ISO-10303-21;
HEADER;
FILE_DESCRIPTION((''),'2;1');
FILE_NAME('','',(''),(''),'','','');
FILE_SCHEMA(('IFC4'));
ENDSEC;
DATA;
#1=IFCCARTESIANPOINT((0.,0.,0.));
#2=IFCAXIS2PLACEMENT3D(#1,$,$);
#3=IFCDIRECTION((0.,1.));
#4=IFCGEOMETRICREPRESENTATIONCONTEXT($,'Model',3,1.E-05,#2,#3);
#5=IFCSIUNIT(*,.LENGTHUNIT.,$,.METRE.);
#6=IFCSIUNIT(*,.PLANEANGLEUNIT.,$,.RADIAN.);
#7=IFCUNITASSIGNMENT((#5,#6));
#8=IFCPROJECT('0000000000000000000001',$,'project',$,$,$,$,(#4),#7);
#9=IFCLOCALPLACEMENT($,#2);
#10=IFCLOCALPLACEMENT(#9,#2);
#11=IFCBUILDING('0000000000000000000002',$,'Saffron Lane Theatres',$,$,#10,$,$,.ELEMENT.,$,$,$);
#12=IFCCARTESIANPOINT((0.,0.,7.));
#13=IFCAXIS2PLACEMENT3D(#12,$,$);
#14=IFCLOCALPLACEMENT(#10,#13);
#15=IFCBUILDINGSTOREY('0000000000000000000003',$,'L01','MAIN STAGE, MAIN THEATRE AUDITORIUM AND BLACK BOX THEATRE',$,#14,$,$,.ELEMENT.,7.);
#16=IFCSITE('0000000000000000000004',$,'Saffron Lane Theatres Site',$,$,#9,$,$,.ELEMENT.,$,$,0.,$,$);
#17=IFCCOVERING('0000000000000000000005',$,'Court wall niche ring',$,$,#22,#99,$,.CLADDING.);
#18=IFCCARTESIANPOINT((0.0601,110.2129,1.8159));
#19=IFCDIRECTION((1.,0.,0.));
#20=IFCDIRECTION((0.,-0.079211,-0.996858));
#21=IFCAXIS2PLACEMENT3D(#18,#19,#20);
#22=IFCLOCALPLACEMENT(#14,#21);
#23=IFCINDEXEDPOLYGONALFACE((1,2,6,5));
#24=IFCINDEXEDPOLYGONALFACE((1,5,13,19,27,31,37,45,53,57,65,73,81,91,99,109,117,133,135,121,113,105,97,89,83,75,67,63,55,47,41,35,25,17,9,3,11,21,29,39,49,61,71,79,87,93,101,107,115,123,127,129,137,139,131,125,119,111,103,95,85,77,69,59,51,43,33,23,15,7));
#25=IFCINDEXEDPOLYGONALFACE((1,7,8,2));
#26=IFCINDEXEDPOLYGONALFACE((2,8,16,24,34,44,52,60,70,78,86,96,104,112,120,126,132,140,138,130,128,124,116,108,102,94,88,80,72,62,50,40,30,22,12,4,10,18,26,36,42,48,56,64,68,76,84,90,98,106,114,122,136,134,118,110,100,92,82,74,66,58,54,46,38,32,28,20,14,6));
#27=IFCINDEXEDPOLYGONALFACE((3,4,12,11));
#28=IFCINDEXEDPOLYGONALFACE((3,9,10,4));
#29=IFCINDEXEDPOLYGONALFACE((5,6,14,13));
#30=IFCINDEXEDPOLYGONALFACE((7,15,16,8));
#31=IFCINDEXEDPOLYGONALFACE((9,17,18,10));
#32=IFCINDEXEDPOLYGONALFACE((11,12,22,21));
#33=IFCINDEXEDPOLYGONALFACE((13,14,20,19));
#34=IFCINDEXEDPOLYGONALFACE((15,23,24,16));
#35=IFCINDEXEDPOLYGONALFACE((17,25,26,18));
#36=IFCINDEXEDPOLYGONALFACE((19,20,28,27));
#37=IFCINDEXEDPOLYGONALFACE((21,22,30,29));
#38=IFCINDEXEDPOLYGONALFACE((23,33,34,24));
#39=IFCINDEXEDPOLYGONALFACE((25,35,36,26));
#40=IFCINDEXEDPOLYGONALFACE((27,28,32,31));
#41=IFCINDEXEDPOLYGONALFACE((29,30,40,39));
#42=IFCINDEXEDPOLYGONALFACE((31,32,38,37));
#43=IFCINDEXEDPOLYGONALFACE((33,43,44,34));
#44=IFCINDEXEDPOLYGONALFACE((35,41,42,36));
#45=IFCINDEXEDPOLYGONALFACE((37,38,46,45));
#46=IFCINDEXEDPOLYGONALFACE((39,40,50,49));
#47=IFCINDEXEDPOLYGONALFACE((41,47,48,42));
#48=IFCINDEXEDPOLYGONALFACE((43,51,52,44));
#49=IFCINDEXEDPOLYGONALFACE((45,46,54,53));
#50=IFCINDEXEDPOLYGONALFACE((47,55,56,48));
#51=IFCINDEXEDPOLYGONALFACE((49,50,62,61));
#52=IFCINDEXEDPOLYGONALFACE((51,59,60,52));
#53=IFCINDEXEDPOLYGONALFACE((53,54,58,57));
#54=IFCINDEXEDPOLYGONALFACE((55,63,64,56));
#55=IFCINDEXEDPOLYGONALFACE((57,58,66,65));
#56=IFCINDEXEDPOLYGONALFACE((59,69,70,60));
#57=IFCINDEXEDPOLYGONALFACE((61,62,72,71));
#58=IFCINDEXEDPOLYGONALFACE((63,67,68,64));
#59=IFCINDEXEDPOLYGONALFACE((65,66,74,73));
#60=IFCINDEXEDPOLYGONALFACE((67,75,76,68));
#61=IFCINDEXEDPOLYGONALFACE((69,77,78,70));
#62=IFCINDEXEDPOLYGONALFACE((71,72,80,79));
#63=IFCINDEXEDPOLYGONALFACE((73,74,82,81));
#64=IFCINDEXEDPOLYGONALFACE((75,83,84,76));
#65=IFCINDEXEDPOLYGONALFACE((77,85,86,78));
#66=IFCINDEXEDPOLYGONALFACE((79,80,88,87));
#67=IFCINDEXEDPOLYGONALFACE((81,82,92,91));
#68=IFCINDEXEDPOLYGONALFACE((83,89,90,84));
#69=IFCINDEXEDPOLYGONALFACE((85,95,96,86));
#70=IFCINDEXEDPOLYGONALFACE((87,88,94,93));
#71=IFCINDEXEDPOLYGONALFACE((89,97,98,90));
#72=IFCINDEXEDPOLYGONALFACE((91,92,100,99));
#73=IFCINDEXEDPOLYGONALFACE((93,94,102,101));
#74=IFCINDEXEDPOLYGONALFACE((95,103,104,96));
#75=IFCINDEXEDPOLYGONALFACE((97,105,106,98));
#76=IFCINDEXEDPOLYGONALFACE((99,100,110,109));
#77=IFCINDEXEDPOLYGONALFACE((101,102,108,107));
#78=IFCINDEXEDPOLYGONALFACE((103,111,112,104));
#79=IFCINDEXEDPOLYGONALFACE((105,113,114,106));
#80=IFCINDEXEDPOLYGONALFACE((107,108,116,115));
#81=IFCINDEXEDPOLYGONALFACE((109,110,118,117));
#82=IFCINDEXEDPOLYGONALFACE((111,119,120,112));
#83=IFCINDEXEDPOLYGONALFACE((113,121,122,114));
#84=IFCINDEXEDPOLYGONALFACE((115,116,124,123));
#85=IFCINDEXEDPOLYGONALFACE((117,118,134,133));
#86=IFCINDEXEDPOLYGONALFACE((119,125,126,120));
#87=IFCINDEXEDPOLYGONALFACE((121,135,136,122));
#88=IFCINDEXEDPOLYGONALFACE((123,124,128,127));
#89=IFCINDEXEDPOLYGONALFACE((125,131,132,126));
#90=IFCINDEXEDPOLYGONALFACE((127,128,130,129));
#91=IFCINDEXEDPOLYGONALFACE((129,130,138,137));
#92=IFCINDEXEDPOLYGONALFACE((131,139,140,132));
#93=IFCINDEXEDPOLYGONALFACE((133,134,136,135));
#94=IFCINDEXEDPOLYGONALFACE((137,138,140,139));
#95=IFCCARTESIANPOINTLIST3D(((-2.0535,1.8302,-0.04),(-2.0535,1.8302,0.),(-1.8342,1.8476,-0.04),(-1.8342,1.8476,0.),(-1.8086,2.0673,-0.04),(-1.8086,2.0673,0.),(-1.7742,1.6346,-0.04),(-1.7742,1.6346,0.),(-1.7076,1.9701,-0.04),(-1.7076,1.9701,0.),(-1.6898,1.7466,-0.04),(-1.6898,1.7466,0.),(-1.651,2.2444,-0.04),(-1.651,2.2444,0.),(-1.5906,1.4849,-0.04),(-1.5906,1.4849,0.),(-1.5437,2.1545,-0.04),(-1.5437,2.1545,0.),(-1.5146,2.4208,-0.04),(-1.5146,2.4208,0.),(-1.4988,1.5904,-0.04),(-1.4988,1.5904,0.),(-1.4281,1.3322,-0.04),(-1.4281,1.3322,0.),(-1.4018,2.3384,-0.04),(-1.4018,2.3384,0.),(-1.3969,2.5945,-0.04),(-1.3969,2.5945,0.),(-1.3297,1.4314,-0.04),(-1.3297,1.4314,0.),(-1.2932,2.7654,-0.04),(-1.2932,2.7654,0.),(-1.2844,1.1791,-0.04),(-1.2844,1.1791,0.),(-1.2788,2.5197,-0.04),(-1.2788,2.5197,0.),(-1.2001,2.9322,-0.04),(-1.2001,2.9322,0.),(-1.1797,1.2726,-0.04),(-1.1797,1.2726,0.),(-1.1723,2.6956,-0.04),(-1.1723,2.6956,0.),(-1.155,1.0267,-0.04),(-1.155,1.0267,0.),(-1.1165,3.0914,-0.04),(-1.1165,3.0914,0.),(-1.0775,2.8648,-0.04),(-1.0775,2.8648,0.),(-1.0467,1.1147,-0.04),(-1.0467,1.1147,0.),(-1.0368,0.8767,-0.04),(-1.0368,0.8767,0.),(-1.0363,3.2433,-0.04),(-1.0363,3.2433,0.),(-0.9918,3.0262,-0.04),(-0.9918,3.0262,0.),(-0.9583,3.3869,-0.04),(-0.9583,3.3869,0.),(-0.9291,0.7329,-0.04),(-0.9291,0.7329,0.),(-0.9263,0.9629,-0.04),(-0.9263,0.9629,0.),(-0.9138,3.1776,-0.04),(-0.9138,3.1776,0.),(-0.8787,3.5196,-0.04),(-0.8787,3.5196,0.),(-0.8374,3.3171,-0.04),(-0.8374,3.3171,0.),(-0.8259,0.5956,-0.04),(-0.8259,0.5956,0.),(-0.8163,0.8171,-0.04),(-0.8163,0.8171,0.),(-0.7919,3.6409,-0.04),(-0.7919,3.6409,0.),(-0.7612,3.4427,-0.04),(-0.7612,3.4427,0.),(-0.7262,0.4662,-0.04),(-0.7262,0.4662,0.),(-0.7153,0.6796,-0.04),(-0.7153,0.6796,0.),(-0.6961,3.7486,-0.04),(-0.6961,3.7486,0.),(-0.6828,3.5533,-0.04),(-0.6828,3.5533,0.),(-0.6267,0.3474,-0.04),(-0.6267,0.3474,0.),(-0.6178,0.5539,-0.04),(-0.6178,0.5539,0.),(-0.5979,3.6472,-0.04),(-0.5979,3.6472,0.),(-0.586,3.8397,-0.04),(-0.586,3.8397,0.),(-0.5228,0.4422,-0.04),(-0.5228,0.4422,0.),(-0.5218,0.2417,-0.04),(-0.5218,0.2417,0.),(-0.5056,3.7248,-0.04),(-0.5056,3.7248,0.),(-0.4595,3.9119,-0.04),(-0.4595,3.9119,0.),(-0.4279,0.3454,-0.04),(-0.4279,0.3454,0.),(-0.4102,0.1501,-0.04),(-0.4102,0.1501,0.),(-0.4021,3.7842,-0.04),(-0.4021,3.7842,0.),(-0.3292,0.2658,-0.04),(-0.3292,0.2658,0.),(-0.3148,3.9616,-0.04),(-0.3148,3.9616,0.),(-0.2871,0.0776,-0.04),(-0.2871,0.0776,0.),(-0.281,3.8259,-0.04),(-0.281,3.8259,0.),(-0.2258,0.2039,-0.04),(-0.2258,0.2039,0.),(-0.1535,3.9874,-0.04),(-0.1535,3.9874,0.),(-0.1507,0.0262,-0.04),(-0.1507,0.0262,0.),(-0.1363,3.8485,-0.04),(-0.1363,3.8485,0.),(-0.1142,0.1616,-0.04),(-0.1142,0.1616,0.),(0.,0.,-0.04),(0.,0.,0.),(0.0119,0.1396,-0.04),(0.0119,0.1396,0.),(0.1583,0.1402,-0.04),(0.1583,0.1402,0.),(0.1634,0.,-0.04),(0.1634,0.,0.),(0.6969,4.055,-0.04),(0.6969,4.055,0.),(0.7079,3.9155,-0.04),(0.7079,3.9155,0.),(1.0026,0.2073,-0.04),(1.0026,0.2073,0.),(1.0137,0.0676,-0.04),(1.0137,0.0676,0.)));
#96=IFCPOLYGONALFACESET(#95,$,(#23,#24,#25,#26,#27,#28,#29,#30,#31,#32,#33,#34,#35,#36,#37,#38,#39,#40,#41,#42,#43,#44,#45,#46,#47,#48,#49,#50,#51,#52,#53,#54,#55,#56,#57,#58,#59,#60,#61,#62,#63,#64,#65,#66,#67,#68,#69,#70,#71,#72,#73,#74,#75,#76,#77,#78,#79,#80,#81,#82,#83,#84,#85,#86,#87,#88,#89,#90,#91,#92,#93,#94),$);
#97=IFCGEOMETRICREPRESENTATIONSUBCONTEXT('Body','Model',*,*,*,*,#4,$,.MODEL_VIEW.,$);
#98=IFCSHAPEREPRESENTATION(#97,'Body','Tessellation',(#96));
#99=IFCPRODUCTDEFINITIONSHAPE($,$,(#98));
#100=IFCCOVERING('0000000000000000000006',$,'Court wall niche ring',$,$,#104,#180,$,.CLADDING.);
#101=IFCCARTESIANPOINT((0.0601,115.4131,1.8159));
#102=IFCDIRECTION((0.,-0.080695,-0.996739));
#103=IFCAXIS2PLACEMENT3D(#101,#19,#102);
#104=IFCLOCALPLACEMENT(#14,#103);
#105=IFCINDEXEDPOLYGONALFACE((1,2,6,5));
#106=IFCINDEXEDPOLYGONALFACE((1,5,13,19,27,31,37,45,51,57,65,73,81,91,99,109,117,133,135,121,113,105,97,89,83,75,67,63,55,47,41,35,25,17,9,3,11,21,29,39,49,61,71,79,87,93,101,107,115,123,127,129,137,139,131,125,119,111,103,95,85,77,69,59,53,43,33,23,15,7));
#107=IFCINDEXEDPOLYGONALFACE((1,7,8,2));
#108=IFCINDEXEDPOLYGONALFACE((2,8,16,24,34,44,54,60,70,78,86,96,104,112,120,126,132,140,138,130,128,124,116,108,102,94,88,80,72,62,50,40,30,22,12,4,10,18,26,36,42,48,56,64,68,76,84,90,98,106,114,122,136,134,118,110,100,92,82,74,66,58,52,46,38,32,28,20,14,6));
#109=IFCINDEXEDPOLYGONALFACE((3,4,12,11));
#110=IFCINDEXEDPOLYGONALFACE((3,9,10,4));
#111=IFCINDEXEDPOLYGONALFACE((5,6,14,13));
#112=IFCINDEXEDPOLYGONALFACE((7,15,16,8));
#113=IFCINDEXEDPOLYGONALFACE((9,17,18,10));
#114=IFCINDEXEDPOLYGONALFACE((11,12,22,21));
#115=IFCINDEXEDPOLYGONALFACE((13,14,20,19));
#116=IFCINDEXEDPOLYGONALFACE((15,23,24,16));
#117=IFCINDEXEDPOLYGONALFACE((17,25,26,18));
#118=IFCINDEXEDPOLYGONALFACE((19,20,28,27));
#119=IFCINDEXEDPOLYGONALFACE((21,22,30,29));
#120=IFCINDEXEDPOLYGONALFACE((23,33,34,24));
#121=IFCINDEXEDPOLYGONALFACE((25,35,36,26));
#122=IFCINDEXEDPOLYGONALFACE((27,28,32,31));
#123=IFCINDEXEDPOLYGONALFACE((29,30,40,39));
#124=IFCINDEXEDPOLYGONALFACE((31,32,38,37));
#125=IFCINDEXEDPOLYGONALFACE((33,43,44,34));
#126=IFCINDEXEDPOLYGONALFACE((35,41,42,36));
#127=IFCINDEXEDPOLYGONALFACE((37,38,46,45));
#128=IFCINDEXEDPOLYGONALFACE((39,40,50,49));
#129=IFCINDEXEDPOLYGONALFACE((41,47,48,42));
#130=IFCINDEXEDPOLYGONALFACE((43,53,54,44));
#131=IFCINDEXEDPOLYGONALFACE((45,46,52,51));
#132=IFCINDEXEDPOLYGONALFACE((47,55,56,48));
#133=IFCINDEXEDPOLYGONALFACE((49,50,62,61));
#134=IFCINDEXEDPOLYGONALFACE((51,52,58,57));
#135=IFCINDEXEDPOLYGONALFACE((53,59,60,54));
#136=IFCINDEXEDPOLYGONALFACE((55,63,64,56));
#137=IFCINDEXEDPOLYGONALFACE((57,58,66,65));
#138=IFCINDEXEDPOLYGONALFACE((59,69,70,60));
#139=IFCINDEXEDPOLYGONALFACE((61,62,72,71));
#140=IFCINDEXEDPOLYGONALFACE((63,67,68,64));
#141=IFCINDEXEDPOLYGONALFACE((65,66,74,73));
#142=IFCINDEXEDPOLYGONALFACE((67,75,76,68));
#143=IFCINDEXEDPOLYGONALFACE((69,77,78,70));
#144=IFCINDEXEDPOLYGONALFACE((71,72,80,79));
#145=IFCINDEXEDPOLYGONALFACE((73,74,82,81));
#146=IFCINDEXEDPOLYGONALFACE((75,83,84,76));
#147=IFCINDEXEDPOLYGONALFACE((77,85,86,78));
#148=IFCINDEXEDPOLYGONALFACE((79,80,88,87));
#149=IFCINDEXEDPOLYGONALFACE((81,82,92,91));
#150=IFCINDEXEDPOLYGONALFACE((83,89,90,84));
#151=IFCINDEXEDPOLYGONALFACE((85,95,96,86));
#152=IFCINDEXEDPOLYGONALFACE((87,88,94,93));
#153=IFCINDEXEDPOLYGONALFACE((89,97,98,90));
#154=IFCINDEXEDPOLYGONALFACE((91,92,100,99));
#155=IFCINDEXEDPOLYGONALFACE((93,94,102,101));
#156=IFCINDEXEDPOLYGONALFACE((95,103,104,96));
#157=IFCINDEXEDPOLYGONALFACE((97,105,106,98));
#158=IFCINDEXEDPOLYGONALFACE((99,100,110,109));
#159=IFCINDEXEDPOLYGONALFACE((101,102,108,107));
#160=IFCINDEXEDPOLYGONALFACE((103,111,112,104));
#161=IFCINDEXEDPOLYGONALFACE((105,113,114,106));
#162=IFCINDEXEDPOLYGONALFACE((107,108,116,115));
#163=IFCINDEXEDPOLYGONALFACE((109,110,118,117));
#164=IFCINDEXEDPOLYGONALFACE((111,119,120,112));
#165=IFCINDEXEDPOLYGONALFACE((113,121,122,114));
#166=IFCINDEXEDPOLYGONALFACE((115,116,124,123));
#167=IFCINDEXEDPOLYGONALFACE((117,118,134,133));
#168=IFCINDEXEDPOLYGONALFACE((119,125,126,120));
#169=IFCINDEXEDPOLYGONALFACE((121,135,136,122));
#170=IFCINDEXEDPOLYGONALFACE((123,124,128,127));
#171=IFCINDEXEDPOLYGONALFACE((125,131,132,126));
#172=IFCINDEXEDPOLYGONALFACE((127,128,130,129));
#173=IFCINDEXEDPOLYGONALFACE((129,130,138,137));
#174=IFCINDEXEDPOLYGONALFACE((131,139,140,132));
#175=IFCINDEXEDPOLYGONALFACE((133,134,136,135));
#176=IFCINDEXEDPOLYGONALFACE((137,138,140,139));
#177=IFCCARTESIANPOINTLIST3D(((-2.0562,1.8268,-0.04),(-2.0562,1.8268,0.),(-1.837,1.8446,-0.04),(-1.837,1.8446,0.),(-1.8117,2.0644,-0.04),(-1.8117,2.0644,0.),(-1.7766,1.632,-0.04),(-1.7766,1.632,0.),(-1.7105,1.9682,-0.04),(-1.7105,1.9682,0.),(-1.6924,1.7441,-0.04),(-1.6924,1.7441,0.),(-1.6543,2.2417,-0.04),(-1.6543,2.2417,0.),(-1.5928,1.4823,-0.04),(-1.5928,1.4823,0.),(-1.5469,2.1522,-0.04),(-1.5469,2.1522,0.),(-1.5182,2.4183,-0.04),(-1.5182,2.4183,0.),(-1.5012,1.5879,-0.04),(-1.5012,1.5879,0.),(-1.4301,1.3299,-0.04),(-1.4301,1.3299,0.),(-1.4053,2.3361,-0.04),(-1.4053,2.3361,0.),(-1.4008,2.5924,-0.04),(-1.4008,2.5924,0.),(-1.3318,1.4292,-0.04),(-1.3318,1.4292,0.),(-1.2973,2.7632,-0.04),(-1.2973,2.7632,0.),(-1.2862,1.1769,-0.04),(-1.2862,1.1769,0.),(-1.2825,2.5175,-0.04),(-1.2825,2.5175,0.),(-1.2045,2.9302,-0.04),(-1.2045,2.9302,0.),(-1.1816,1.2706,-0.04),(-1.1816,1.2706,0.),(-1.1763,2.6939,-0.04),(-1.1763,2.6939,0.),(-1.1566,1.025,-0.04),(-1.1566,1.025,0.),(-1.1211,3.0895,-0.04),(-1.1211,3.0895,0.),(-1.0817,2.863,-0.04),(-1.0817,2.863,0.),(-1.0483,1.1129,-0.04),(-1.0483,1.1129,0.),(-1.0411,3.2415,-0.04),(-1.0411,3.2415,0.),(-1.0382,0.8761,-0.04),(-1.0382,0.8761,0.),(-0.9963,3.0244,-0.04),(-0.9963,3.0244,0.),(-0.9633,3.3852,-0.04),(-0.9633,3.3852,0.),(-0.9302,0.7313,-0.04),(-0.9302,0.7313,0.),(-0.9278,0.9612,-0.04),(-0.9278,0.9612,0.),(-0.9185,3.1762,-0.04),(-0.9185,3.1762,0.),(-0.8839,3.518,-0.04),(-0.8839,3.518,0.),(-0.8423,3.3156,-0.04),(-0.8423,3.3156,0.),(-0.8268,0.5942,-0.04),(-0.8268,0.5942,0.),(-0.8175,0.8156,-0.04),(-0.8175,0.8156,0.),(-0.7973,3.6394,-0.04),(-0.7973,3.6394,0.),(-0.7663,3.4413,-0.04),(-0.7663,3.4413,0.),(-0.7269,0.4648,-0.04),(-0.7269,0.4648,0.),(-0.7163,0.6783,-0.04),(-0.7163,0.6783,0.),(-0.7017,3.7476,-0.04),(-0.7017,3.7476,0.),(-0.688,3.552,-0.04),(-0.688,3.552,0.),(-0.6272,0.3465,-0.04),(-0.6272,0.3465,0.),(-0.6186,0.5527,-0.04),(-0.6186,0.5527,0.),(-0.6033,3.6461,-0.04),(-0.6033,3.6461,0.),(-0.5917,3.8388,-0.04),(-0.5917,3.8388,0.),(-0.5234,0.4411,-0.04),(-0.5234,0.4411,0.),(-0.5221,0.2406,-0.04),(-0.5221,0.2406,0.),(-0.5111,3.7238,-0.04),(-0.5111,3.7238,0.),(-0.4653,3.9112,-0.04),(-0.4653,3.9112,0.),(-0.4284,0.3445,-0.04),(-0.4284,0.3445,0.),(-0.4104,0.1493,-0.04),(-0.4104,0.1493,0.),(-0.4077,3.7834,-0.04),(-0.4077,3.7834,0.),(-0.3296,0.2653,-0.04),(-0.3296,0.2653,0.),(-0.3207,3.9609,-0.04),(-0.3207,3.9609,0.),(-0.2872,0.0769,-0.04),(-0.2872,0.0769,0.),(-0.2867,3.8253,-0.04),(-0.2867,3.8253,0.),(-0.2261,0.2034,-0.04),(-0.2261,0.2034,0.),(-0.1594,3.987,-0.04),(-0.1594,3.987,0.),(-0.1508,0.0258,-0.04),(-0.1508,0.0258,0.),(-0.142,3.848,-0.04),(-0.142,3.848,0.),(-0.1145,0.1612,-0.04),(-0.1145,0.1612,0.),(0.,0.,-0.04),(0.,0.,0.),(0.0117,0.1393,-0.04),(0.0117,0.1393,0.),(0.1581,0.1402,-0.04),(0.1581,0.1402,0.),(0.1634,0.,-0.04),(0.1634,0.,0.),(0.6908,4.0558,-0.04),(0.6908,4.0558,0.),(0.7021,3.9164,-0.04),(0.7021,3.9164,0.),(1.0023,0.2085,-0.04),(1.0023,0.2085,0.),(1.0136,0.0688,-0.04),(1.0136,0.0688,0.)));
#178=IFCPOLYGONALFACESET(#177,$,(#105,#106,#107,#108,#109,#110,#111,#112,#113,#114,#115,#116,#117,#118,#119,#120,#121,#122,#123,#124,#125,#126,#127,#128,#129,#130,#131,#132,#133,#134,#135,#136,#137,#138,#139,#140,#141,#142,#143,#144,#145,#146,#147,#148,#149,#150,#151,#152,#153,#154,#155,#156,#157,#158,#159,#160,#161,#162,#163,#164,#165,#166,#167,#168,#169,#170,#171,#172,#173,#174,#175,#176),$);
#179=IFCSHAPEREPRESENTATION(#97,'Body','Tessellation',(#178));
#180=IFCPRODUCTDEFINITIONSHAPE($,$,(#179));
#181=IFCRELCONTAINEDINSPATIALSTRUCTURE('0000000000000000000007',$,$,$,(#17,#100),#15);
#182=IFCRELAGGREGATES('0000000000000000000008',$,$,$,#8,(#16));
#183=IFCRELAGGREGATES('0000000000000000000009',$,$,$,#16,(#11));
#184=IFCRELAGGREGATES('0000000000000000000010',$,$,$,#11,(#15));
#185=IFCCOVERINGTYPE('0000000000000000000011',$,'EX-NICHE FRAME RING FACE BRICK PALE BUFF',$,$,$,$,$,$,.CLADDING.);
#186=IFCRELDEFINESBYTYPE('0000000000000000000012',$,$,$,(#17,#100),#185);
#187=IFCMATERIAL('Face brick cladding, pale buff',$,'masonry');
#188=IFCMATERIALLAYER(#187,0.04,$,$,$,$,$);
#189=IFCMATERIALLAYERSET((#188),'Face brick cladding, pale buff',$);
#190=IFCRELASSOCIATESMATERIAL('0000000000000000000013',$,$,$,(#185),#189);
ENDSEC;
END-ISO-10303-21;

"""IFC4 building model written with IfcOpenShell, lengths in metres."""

from ifc_helpers import new_model, si_unit, direction, frame, origin, place, context, subcontext, project, spatial, polyline, outline, extrude, material, layer, layer_set, type_object, element, save


model = new_model("IFC4")

# Units and contexts
model_context = context("Model", 3, precision=1e-05, world=origin(), true_north=direction((0.0, 1.0)))
body_context = subcontext(model_context, "Body", "Model", "MODEL_VIEW")
ifc_project = project(units=[si_unit("LENGTHUNIT", "METRE"), si_unit("PLANEANGLEUNIT", "RADIAN")], contexts=[model_context])

# Site, building, storey
site_placement = place(None, origin())
site = spatial("IfcSite", under=ifc_project, at=site_placement, Name="Saffron Lane Theatres Site", CompositionType="ELEMENT", RefElevation=0.0)
building_placement = place(site_placement, origin())
building = spatial("IfcBuilding", under=site, at=building_placement, Name="Saffron Lane Theatres", CompositionType="ELEMENT")
storey_placement = place(building_placement, frame((0.0, 0.0, 7.0)))
storey = spatial("IfcBuildingStorey", under=building, at=storey_placement, Name="L01", Description="MAIN STAGE, MAIN THEATRE AUDITORIUM AND BLACK BOX THEATRE", CompositionType="ELEMENT", Elevation=7.0)

# Coverings
ifc_material_1 = material(Name="Face brick cladding, pale buff", Category="masonry")
ifc_layer_1 = layer(ifc_material_1, 0.04)
ifc_layer_set_1 = layer_set([ifc_layer_1], Name="Face brick cladding, pale buff")
covering_type_1 = type_object("IfcCoveringType", Name="EX-NICHE FRAME RING FACE BRICK PALE BUFF", PredefinedType="CLADDING", material=ifc_layer_set_1)
covering_1_placement = place(storey_placement, frame((0.0601, 110.2129, 1.8159), z_axis=(1.0, 0.0, 0.0), x_axis=(0.0, -0.079211, -0.996858)))
element("IfcCovering", 1, at=covering_1_placement, inside=storey, type_object=covering_type_1, Name="Court wall niche ring", PredefinedType="CLADDING", context=body_context, shape_type="SweptSolid", body=[
    extrude(outline(polyline([(0.0, 0.0), (0.1634, 0.0), (1.0137, 0.0676), (1.0026, 0.2073), (0.1583, 0.1402), (0.0119, 0.1396), (-0.1142, 0.1616), (-0.2258, 0.2039), (-0.3292, 0.2658), (-0.4279, 0.3454), (-0.5228, 0.4422), (-0.6178, 0.5539), (-0.7153, 0.6796), (-0.8163, 0.8171), (-0.9263, 0.9629), (-1.0467, 1.1147), (-1.1797, 1.2726), (-1.3297, 1.4314), (-1.4988, 1.5904), (-1.6898, 1.7466), (-1.8342, 1.8476), (-1.7076, 1.9701), (-1.5437, 2.1545), (-1.4018, 2.3384), (-1.2788, 2.5197), (-1.1723, 2.6956), (-1.0775, 2.8648), (-0.9918, 3.0262), (-0.9138, 3.1776), (-0.8374, 3.3171), (-0.7612, 3.4427), (-0.6828, 3.5533), (-0.5979, 3.6472), (-0.5056, 3.7248), (-0.4021, 3.7842), (-0.281, 3.8259), (-0.1363, 3.8485), (0.7079, 3.9155), (0.6969, 4.055), (-0.1535, 3.9874), (-0.3148, 3.9616), (-0.4595, 3.9119), (-0.586, 3.8397), (-0.6961, 3.7486), (-0.7919, 3.6409), (-0.8787, 3.5196), (-0.9583, 3.3869), (-1.0363, 3.2433), (-1.1165, 3.0914), (-1.2001, 2.9322), (-1.2932, 2.7654), (-1.3969, 2.5945), (-1.5146, 2.4208), (-1.651, 2.2444), (-1.8086, 2.0673), (-2.0535, 1.8302), (-1.7742, 1.6346), (-1.5906, 1.4849), (-1.4281, 1.3322), (-1.2844, 1.1791), (-1.155, 1.0267), (-1.0368, 0.8767), (-0.9291, 0.7329), (-0.8259, 0.5956), (-0.7262, 0.4662), (-0.6267, 0.3474), (-0.5218, 0.2417), (-0.4102, 0.1501), (-0.2871, 0.0776), (-0.1507, 0.0262), (0.0, 0.0)])), origin(), (0.0, 0.0, -1.0), 0.04),
])
covering_2_placement = place(storey_placement, frame((0.0601, 115.4131, 1.8159), z_axis=(1.0, 0.0, 0.0), x_axis=(0.0, -0.080695, -0.996739)))
element("IfcCovering", 2, at=covering_2_placement, inside=storey, type_object=covering_type_1, Name="Court wall niche ring", PredefinedType="CLADDING", context=body_context, shape_type="SweptSolid", body=[
    extrude(outline(polyline([(0.0, 0.0), (0.1634, 0.0), (1.0136, 0.0688), (1.0023, 0.2085), (0.1581, 0.1402), (0.0117, 0.1393), (-0.1145, 0.1612), (-0.2261, 0.2034), (-0.3296, 0.2653), (-0.4284, 0.3445), (-0.5234, 0.4411), (-0.6186, 0.5527), (-0.7163, 0.6783), (-0.8175, 0.8156), (-0.9278, 0.9612), (-1.0483, 1.1129), (-1.1816, 1.2706), (-1.3318, 1.4292), (-1.5012, 1.5879), (-1.6924, 1.7441), (-1.837, 1.8446), (-1.7105, 1.9682), (-1.5469, 2.1522), (-1.4053, 2.3361), (-1.2825, 2.5175), (-1.1763, 2.6939), (-1.0817, 2.863), (-0.9963, 3.0244), (-0.9185, 3.1762), (-0.8423, 3.3156), (-0.7663, 3.4413), (-0.688, 3.552), (-0.6033, 3.6461), (-0.5111, 3.7238), (-0.4077, 3.7834), (-0.2867, 3.8253), (-0.142, 3.848), (0.7021, 3.9164), (0.6908, 4.0558), (-0.1594, 3.987), (-0.3207, 3.9609), (-0.4653, 3.9112), (-0.5917, 3.8388), (-0.7017, 3.7476), (-0.7973, 3.6394), (-0.8839, 3.518), (-0.9633, 3.3852), (-1.0411, 3.2415), (-1.1211, 3.0895), (-1.2045, 2.9302), (-1.2973, 2.7632), (-1.4008, 2.5924), (-1.5182, 2.4183), (-1.6543, 2.2417), (-1.8117, 2.0644), (-2.0562, 1.8268), (-1.7766, 1.632), (-1.5928, 1.4823), (-1.4301, 1.3299), (-1.2862, 1.1769), (-1.1566, 1.025), (-1.0382, 0.8761), (-0.9302, 0.7313), (-0.8268, 0.5942), (-0.7269, 0.4648), (-0.6272, 0.3465), (-0.5221, 0.2406), (-0.4104, 0.1493), (-0.2872, 0.0769), (-0.1508, 0.0258), (0.0, 0.0)])), origin(), (0.0, 0.0, -1.0), 0.04),
])

save(model, "model.ifc")
